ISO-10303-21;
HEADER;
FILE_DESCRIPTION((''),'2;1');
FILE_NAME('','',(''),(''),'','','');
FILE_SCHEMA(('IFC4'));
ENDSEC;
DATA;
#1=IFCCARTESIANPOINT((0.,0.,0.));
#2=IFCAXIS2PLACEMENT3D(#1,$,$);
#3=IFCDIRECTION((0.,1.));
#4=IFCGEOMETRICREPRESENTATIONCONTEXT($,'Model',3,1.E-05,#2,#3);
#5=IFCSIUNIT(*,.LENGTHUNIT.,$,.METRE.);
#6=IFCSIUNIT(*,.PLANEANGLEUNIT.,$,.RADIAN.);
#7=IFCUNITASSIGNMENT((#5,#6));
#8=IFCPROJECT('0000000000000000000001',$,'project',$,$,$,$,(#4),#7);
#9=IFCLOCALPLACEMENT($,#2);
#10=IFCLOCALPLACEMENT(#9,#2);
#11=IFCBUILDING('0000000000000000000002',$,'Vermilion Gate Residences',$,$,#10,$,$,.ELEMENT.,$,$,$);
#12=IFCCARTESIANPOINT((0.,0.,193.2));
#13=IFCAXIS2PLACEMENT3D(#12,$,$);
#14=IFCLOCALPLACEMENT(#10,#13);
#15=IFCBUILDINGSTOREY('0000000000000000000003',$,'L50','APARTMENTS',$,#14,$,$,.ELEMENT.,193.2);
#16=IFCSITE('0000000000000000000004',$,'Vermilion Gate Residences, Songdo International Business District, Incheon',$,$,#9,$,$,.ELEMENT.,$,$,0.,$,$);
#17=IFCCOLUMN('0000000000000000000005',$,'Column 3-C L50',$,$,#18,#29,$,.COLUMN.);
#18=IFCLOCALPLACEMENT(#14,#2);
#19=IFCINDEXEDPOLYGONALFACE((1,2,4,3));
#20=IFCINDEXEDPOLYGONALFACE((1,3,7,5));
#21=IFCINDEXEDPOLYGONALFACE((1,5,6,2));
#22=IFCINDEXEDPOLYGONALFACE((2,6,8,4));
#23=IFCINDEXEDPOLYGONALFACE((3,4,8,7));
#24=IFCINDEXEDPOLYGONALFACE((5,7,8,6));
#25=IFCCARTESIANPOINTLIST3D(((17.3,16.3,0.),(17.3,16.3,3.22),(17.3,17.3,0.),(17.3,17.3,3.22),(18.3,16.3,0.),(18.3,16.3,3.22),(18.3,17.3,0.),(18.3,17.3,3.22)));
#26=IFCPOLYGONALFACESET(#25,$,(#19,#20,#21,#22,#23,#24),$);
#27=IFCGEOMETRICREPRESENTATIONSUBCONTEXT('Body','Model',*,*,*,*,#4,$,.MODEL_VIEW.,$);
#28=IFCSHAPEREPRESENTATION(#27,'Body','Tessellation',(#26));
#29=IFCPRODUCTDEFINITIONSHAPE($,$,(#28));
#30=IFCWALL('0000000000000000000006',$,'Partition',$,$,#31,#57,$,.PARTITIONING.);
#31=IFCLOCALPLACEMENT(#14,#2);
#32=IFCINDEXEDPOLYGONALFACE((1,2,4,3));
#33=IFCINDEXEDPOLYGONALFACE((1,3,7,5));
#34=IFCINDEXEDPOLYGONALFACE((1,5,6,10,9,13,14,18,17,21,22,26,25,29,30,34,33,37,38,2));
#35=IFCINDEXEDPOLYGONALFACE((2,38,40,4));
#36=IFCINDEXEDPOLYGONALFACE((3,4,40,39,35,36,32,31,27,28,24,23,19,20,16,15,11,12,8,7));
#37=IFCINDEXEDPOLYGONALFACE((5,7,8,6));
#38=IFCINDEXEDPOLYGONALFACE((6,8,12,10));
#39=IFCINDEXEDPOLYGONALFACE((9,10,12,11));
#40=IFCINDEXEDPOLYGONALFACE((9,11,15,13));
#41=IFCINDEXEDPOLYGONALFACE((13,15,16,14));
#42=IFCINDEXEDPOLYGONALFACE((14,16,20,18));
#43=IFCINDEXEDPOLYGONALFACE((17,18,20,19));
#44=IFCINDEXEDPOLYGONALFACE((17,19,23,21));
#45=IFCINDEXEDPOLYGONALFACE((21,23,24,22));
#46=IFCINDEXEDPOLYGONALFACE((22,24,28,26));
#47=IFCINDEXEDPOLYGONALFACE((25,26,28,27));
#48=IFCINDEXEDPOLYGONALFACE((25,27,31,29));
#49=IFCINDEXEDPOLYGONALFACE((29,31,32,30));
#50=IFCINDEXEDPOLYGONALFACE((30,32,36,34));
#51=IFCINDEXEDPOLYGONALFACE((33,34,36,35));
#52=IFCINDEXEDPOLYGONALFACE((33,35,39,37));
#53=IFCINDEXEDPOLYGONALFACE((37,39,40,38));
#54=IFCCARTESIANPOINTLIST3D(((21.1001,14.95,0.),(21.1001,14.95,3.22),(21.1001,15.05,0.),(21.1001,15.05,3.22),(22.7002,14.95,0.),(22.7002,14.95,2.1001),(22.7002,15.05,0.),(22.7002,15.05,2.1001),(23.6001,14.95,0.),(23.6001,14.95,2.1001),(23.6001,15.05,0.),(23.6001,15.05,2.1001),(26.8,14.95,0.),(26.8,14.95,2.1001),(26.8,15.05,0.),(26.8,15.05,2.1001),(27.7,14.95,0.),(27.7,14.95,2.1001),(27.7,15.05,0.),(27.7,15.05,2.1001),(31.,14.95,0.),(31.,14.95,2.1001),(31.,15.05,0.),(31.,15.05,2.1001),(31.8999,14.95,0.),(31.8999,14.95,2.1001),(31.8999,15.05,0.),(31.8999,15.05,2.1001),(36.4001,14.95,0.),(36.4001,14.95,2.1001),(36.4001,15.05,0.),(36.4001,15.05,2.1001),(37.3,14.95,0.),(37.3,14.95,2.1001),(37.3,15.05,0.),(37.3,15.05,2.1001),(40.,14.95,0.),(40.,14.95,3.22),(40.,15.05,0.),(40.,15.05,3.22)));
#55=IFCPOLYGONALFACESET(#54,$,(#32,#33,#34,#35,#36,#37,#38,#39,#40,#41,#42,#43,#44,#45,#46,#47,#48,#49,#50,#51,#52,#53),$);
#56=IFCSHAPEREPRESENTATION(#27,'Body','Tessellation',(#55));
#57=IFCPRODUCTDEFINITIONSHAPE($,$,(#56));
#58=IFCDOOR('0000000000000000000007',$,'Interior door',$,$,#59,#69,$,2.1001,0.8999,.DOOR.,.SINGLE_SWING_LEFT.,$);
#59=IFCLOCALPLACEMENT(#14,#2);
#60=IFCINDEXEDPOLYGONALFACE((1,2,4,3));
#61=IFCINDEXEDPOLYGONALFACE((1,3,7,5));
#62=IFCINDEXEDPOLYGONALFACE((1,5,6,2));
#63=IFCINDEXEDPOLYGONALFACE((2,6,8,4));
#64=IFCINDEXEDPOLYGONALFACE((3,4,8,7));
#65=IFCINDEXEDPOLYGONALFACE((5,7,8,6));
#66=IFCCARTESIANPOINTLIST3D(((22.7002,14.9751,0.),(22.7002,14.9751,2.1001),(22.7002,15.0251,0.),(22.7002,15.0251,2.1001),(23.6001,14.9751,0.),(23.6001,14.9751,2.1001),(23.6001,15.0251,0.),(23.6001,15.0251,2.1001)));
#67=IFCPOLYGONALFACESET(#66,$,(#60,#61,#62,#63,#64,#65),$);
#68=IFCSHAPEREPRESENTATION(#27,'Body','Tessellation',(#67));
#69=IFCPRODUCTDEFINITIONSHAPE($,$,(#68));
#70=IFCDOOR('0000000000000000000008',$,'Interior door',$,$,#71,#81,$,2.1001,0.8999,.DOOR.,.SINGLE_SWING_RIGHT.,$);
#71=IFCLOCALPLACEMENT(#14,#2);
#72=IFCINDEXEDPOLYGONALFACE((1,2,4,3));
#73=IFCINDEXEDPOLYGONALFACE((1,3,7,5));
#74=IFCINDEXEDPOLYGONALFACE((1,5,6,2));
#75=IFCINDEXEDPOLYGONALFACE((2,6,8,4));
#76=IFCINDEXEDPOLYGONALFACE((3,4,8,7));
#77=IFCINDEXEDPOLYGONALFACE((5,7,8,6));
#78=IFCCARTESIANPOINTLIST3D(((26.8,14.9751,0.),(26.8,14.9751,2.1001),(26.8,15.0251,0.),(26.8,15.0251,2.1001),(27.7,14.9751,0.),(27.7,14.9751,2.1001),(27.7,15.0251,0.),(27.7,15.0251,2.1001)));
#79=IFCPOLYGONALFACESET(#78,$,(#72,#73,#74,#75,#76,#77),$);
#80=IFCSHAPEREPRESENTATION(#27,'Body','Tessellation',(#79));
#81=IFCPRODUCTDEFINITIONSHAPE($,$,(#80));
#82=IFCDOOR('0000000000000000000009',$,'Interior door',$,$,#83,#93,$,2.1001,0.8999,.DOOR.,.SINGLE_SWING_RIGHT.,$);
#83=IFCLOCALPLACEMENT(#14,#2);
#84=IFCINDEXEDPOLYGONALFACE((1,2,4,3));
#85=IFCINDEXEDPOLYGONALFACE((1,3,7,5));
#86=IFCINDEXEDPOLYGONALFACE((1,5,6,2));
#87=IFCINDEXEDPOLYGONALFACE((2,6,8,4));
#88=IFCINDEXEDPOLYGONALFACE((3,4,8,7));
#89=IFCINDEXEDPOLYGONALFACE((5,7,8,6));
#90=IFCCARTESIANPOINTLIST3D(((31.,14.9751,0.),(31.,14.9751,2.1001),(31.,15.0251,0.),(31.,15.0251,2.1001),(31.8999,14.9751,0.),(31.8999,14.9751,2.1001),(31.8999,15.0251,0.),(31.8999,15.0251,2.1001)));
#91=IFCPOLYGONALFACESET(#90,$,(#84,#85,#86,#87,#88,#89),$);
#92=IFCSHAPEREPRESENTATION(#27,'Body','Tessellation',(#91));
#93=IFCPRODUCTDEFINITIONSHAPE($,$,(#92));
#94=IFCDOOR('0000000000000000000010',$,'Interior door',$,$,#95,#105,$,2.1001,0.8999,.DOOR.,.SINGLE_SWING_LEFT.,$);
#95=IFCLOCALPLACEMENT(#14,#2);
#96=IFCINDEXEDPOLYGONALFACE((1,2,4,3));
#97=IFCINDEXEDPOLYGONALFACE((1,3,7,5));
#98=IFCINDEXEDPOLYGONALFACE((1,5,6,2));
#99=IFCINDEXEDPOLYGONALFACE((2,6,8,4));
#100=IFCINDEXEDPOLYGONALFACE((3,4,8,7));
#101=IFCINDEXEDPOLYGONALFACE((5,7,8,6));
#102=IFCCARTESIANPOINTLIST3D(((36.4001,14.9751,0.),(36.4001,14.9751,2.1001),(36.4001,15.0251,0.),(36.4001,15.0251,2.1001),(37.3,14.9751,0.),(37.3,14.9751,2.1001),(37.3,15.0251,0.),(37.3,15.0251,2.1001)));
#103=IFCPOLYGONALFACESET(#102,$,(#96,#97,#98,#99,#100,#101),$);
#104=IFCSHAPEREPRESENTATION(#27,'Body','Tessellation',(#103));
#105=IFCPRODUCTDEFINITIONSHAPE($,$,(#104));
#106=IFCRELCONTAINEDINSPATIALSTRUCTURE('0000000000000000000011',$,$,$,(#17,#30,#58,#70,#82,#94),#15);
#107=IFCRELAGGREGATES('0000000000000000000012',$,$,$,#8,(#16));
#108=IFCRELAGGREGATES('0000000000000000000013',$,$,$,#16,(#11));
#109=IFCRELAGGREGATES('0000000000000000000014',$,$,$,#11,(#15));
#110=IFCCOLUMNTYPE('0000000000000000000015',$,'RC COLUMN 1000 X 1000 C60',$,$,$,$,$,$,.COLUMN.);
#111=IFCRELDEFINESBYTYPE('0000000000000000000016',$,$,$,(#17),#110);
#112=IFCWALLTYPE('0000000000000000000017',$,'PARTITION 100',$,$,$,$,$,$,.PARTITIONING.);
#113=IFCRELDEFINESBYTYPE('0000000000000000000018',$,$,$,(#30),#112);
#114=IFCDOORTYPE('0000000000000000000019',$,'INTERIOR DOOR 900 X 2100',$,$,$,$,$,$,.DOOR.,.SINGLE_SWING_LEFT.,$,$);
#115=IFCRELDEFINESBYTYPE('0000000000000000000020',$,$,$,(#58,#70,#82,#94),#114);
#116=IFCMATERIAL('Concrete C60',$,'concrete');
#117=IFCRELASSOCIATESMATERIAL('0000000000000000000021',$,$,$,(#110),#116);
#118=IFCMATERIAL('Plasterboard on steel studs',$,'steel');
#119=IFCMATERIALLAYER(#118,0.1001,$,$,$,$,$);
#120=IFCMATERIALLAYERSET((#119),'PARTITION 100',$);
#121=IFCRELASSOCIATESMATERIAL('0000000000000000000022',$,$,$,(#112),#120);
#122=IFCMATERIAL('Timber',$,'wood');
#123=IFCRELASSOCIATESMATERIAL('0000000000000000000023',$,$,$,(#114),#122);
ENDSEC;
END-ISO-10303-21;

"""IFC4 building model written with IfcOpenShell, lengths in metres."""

from ifc_helpers import new_model, si_unit, direction, frame, frame_2d, origin, origin_2d, place, context, subcontext, project, spatial, rectangle, extrude, material, layer, layer_set, material_profile, profile_set, type_object, element, fill, save


model = new_model("IFC4")

# Units and contexts
model_context = context("Model", 3, precision=1e-05, world=origin(), true_north=direction((0.0, 1.0)))
body_context = subcontext(model_context, "Body", "Model", "MODEL_VIEW")
ifc_project = project(units=[si_unit("LENGTHUNIT", "METRE"), si_unit("PLANEANGLEUNIT", "RADIAN")], contexts=[model_context])

# Site, building, storey
site_placement = place(None, origin())
site = spatial("IfcSite", under=ifc_project, at=site_placement, Name="Vermilion Gate Residences, Songdo International Business District, Incheon", CompositionType="ELEMENT", RefElevation=0.0)
building_placement = place(site_placement, origin())
building = spatial("IfcBuilding", under=site, at=building_placement, Name="Vermilion Gate Residences", CompositionType="ELEMENT")
storey_placement = place(building_placement, frame((0.0, 0.0, 193.2)))
storey = spatial("IfcBuildingStorey", under=building, at=storey_placement, Name="L50", Description="APARTMENTS", CompositionType="ELEMENT", Elevation=193.2)

# Column
ifc_material_1 = material(Name="Concrete C60", Category="concrete")
ifc_material_profile = material_profile(ifc_material_1, rectangle(XDim=1.0, YDim=1.0, at=origin_2d()), Name="RC-1000x1000")
ifc_profile_set = profile_set([ifc_material_profile], Name="Concrete C60")
column_type = type_object("IfcColumnType", Name="RC COLUMN 1000 X 1000 C60", PredefinedType="COLUMN", material=ifc_profile_set)
column_placement = place(storey_placement, frame((17.8, 16.8, 0.0), z_axis=(0.0, 0.0, 1.0), x_axis=(1.0, 0.0, 0.0)))
element("IfcColumn", 1, at=column_placement, inside=storey, type_object=column_type, Name="Column 3-C L50", PredefinedType="COLUMN", context=body_context, shape_type="SweptSolid", body=[
    extrude(rectangle(XDim=1.0, YDim=1.0, at=origin_2d()), origin(), (0.0, 0.0, 1.0), 3.22),
])

# Wall, openings, doors
ifc_material_2 = material(Name="Plasterboard on steel studs", Category="steel")
ifc_layer_1 = layer(ifc_material_2, 0.1001)
ifc_layer_set_1 = layer_set([ifc_layer_1], Name="PARTITION 100")
wall_type_1 = type_object("IfcWallType", Name="PARTITION 100", PredefinedType="PARTITIONING", material=ifc_layer_set_1)
wall_1_placement = place(storey_placement, frame((21.1001, 15.0, 0.0), z_axis=(0.0, 0.0, 1.0), x_axis=(1.0, 0.0, 0.0)))
wall_1 = element("IfcWall", 2, at=wall_1_placement, inside=storey, type_object=wall_type_1, Name="Partition", PredefinedType="PARTITIONING", context=body_context, shape_type="SweptSolid", body=[
    extrude(rectangle(XDim=18.8999, YDim=0.1001, at=frame_2d((9.45, 0.0))), origin(), (0.0, 0.0, 1.0), 3.22),
])
opening_1_placement = place(wall_1_placement, frame((1.6001, 0.0, 0.0)))
opening_1 = element("IfcOpeningElement", 3, at=opening_1_placement, cuts=wall_1, PredefinedType="OPENING", context=body_context, shape_type="SweptSolid", body=[
    extrude(rectangle(XDim=0.8999, YDim=2.1001, at=frame_2d((0.45, 1.05))), frame((0.0, 0.0601, 0.0), z_axis=(0.0, -1.0, 0.0), x_axis=(1.0, 0.0, 0.0)), (0.0, 0.0, 1.0), 0.1201),
])
opening_2_placement = place(wall_1_placement, frame((5.7, 0.0, 0.0)))
opening_2 = element("IfcOpeningElement", 4, at=opening_2_placement, cuts=wall_1, PredefinedType="OPENING", context=body_context, shape_type="SweptSolid", body=[
    extrude(rectangle(XDim=0.8999, YDim=2.1001, at=frame_2d((0.45, 1.05))), frame((0.0, 0.0601, 0.0), z_axis=(0.0, -1.0, 0.0), x_axis=(1.0, 0.0, 0.0)), (0.0, 0.0, 1.0), 0.1201),
])
opening_3_placement = place(wall_1_placement, frame((9.8999, 0.0, 0.0)))
opening_3 = element("IfcOpeningElement", 5, at=opening_3_placement, cuts=wall_1, PredefinedType="OPENING", context=body_context, shape_type="SweptSolid", body=[
    extrude(rectangle(XDim=0.8999, YDim=2.1001, at=frame_2d((0.45, 1.05))), frame((0.0, 0.0601, 0.0), z_axis=(0.0, -1.0, 0.0), x_axis=(1.0, 0.0, 0.0)), (0.0, 0.0, 1.0), 0.1201),
])
opening_4_placement = place(wall_1_placement, frame((15.3, 0.0, 0.0)))
opening_4 = element("IfcOpeningElement", 6, at=opening_4_placement, cuts=wall_1, PredefinedType="OPENING", context=body_context, shape_type="SweptSolid", body=[
    extrude(rectangle(XDim=0.8999, YDim=2.1001, at=frame_2d((0.45, 1.05))), frame((0.0, 0.0601, 0.0), z_axis=(0.0, -1.0, 0.0), x_axis=(1.0, 0.0, 0.0)), (0.0, 0.0, 1.0), 0.1201),
])
ifc_material_3 = material(Name="Timber", Category="wood")
door_type_1 = type_object("IfcDoorType", Name="INTERIOR DOOR 900 X 2100", OperationType="SINGLE_SWING_LEFT", PredefinedType="DOOR", material=ifc_material_3)
door_1_placement = place(opening_1_placement, frame((0.8999, 0.0, 0.0), z_axis=(0.0, 0.0, 1.0), x_axis=(-1.0, 0.0, 0.0)))
door_1 = element("IfcDoor", 7, at=door_1_placement, inside=storey, type_object=door_type_1, Name="Interior door", OperationType="SINGLE_SWING_LEFT", OverallHeight=2.1001, OverallWidth=0.8999, PredefinedType="DOOR", context=body_context, shape_type="SweptSolid", body=[
    extrude(rectangle(XDim=0.8999, YDim=2.1001, at=frame_2d((0.45, 1.05))), frame((0.0, 0.0249, 0.0), z_axis=(0.0, -1.0, 0.0), x_axis=(1.0, 0.0, 0.0)), (0.0, 0.0, 1.0), 0.05),
])
fill(opening_1, door_1)
door_2_placement = place(opening_2_placement, frame((0.8999, 0.0, 0.0), z_axis=(0.0, 0.0, 1.0), x_axis=(-1.0, 0.0, 0.0)))
door_2 = element("IfcDoor", 8, at=door_2_placement, inside=storey, type_object=door_type_1, Name="Interior door", OperationType="SINGLE_SWING_RIGHT", OverallHeight=2.1001, OverallWidth=0.8999, PredefinedType="DOOR", context=body_context, shape_type="SweptSolid", body=[
    extrude(rectangle(XDim=0.8999, YDim=2.1001, at=frame_2d((0.45, 1.05))), frame((0.0, 0.0249, 0.0), z_axis=(0.0, -1.0, 0.0), x_axis=(1.0, 0.0, 0.0)), (0.0, 0.0, 1.0), 0.05),
])
fill(opening_2, door_2)
door_3_placement = place(opening_3_placement, frame((0.8999, 0.0, 0.0), z_axis=(0.0, 0.0, 1.0), x_axis=(-1.0, 0.0, 0.0)))
door_3 = element("IfcDoor", 9, at=door_3_placement, inside=storey, type_object=door_type_1, Name="Interior door", OperationType="SINGLE_SWING_RIGHT", OverallHeight=2.1001, OverallWidth=0.8999, PredefinedType="DOOR", context=body_context, shape_type="SweptSolid", body=[
    extrude(rectangle(XDim=0.8999, YDim=2.1001, at=frame_2d((0.45, 1.05))), frame((0.0, 0.0249, 0.0), z_axis=(0.0, -1.0, 0.0), x_axis=(1.0, 0.0, 0.0)), (0.0, 0.0, 1.0), 0.05),
])
fill(opening_3, door_3)
door_4_placement = place(opening_4_placement, frame((0.8999, 0.0, 0.0), z_axis=(0.0, 0.0, 1.0), x_axis=(-1.0, 0.0, 0.0)))
door_4 = element("IfcDoor", 10, at=door_4_placement, inside=storey, type_object=door_type_1, Name="Interior door", OperationType="SINGLE_SWING_LEFT", OverallHeight=2.1001, OverallWidth=0.8999, PredefinedType="DOOR", context=body_context, shape_type="SweptSolid", body=[
    extrude(rectangle(XDim=0.8999, YDim=2.1001, at=frame_2d((0.45, 1.05))), frame((0.0, 0.0249, 0.0), z_axis=(0.0, -1.0, 0.0), x_axis=(1.0, 0.0, 0.0)), (0.0, 0.0, 1.0), 0.05),
])
fill(opening_4, door_4)

save(model, "model.ifc")
